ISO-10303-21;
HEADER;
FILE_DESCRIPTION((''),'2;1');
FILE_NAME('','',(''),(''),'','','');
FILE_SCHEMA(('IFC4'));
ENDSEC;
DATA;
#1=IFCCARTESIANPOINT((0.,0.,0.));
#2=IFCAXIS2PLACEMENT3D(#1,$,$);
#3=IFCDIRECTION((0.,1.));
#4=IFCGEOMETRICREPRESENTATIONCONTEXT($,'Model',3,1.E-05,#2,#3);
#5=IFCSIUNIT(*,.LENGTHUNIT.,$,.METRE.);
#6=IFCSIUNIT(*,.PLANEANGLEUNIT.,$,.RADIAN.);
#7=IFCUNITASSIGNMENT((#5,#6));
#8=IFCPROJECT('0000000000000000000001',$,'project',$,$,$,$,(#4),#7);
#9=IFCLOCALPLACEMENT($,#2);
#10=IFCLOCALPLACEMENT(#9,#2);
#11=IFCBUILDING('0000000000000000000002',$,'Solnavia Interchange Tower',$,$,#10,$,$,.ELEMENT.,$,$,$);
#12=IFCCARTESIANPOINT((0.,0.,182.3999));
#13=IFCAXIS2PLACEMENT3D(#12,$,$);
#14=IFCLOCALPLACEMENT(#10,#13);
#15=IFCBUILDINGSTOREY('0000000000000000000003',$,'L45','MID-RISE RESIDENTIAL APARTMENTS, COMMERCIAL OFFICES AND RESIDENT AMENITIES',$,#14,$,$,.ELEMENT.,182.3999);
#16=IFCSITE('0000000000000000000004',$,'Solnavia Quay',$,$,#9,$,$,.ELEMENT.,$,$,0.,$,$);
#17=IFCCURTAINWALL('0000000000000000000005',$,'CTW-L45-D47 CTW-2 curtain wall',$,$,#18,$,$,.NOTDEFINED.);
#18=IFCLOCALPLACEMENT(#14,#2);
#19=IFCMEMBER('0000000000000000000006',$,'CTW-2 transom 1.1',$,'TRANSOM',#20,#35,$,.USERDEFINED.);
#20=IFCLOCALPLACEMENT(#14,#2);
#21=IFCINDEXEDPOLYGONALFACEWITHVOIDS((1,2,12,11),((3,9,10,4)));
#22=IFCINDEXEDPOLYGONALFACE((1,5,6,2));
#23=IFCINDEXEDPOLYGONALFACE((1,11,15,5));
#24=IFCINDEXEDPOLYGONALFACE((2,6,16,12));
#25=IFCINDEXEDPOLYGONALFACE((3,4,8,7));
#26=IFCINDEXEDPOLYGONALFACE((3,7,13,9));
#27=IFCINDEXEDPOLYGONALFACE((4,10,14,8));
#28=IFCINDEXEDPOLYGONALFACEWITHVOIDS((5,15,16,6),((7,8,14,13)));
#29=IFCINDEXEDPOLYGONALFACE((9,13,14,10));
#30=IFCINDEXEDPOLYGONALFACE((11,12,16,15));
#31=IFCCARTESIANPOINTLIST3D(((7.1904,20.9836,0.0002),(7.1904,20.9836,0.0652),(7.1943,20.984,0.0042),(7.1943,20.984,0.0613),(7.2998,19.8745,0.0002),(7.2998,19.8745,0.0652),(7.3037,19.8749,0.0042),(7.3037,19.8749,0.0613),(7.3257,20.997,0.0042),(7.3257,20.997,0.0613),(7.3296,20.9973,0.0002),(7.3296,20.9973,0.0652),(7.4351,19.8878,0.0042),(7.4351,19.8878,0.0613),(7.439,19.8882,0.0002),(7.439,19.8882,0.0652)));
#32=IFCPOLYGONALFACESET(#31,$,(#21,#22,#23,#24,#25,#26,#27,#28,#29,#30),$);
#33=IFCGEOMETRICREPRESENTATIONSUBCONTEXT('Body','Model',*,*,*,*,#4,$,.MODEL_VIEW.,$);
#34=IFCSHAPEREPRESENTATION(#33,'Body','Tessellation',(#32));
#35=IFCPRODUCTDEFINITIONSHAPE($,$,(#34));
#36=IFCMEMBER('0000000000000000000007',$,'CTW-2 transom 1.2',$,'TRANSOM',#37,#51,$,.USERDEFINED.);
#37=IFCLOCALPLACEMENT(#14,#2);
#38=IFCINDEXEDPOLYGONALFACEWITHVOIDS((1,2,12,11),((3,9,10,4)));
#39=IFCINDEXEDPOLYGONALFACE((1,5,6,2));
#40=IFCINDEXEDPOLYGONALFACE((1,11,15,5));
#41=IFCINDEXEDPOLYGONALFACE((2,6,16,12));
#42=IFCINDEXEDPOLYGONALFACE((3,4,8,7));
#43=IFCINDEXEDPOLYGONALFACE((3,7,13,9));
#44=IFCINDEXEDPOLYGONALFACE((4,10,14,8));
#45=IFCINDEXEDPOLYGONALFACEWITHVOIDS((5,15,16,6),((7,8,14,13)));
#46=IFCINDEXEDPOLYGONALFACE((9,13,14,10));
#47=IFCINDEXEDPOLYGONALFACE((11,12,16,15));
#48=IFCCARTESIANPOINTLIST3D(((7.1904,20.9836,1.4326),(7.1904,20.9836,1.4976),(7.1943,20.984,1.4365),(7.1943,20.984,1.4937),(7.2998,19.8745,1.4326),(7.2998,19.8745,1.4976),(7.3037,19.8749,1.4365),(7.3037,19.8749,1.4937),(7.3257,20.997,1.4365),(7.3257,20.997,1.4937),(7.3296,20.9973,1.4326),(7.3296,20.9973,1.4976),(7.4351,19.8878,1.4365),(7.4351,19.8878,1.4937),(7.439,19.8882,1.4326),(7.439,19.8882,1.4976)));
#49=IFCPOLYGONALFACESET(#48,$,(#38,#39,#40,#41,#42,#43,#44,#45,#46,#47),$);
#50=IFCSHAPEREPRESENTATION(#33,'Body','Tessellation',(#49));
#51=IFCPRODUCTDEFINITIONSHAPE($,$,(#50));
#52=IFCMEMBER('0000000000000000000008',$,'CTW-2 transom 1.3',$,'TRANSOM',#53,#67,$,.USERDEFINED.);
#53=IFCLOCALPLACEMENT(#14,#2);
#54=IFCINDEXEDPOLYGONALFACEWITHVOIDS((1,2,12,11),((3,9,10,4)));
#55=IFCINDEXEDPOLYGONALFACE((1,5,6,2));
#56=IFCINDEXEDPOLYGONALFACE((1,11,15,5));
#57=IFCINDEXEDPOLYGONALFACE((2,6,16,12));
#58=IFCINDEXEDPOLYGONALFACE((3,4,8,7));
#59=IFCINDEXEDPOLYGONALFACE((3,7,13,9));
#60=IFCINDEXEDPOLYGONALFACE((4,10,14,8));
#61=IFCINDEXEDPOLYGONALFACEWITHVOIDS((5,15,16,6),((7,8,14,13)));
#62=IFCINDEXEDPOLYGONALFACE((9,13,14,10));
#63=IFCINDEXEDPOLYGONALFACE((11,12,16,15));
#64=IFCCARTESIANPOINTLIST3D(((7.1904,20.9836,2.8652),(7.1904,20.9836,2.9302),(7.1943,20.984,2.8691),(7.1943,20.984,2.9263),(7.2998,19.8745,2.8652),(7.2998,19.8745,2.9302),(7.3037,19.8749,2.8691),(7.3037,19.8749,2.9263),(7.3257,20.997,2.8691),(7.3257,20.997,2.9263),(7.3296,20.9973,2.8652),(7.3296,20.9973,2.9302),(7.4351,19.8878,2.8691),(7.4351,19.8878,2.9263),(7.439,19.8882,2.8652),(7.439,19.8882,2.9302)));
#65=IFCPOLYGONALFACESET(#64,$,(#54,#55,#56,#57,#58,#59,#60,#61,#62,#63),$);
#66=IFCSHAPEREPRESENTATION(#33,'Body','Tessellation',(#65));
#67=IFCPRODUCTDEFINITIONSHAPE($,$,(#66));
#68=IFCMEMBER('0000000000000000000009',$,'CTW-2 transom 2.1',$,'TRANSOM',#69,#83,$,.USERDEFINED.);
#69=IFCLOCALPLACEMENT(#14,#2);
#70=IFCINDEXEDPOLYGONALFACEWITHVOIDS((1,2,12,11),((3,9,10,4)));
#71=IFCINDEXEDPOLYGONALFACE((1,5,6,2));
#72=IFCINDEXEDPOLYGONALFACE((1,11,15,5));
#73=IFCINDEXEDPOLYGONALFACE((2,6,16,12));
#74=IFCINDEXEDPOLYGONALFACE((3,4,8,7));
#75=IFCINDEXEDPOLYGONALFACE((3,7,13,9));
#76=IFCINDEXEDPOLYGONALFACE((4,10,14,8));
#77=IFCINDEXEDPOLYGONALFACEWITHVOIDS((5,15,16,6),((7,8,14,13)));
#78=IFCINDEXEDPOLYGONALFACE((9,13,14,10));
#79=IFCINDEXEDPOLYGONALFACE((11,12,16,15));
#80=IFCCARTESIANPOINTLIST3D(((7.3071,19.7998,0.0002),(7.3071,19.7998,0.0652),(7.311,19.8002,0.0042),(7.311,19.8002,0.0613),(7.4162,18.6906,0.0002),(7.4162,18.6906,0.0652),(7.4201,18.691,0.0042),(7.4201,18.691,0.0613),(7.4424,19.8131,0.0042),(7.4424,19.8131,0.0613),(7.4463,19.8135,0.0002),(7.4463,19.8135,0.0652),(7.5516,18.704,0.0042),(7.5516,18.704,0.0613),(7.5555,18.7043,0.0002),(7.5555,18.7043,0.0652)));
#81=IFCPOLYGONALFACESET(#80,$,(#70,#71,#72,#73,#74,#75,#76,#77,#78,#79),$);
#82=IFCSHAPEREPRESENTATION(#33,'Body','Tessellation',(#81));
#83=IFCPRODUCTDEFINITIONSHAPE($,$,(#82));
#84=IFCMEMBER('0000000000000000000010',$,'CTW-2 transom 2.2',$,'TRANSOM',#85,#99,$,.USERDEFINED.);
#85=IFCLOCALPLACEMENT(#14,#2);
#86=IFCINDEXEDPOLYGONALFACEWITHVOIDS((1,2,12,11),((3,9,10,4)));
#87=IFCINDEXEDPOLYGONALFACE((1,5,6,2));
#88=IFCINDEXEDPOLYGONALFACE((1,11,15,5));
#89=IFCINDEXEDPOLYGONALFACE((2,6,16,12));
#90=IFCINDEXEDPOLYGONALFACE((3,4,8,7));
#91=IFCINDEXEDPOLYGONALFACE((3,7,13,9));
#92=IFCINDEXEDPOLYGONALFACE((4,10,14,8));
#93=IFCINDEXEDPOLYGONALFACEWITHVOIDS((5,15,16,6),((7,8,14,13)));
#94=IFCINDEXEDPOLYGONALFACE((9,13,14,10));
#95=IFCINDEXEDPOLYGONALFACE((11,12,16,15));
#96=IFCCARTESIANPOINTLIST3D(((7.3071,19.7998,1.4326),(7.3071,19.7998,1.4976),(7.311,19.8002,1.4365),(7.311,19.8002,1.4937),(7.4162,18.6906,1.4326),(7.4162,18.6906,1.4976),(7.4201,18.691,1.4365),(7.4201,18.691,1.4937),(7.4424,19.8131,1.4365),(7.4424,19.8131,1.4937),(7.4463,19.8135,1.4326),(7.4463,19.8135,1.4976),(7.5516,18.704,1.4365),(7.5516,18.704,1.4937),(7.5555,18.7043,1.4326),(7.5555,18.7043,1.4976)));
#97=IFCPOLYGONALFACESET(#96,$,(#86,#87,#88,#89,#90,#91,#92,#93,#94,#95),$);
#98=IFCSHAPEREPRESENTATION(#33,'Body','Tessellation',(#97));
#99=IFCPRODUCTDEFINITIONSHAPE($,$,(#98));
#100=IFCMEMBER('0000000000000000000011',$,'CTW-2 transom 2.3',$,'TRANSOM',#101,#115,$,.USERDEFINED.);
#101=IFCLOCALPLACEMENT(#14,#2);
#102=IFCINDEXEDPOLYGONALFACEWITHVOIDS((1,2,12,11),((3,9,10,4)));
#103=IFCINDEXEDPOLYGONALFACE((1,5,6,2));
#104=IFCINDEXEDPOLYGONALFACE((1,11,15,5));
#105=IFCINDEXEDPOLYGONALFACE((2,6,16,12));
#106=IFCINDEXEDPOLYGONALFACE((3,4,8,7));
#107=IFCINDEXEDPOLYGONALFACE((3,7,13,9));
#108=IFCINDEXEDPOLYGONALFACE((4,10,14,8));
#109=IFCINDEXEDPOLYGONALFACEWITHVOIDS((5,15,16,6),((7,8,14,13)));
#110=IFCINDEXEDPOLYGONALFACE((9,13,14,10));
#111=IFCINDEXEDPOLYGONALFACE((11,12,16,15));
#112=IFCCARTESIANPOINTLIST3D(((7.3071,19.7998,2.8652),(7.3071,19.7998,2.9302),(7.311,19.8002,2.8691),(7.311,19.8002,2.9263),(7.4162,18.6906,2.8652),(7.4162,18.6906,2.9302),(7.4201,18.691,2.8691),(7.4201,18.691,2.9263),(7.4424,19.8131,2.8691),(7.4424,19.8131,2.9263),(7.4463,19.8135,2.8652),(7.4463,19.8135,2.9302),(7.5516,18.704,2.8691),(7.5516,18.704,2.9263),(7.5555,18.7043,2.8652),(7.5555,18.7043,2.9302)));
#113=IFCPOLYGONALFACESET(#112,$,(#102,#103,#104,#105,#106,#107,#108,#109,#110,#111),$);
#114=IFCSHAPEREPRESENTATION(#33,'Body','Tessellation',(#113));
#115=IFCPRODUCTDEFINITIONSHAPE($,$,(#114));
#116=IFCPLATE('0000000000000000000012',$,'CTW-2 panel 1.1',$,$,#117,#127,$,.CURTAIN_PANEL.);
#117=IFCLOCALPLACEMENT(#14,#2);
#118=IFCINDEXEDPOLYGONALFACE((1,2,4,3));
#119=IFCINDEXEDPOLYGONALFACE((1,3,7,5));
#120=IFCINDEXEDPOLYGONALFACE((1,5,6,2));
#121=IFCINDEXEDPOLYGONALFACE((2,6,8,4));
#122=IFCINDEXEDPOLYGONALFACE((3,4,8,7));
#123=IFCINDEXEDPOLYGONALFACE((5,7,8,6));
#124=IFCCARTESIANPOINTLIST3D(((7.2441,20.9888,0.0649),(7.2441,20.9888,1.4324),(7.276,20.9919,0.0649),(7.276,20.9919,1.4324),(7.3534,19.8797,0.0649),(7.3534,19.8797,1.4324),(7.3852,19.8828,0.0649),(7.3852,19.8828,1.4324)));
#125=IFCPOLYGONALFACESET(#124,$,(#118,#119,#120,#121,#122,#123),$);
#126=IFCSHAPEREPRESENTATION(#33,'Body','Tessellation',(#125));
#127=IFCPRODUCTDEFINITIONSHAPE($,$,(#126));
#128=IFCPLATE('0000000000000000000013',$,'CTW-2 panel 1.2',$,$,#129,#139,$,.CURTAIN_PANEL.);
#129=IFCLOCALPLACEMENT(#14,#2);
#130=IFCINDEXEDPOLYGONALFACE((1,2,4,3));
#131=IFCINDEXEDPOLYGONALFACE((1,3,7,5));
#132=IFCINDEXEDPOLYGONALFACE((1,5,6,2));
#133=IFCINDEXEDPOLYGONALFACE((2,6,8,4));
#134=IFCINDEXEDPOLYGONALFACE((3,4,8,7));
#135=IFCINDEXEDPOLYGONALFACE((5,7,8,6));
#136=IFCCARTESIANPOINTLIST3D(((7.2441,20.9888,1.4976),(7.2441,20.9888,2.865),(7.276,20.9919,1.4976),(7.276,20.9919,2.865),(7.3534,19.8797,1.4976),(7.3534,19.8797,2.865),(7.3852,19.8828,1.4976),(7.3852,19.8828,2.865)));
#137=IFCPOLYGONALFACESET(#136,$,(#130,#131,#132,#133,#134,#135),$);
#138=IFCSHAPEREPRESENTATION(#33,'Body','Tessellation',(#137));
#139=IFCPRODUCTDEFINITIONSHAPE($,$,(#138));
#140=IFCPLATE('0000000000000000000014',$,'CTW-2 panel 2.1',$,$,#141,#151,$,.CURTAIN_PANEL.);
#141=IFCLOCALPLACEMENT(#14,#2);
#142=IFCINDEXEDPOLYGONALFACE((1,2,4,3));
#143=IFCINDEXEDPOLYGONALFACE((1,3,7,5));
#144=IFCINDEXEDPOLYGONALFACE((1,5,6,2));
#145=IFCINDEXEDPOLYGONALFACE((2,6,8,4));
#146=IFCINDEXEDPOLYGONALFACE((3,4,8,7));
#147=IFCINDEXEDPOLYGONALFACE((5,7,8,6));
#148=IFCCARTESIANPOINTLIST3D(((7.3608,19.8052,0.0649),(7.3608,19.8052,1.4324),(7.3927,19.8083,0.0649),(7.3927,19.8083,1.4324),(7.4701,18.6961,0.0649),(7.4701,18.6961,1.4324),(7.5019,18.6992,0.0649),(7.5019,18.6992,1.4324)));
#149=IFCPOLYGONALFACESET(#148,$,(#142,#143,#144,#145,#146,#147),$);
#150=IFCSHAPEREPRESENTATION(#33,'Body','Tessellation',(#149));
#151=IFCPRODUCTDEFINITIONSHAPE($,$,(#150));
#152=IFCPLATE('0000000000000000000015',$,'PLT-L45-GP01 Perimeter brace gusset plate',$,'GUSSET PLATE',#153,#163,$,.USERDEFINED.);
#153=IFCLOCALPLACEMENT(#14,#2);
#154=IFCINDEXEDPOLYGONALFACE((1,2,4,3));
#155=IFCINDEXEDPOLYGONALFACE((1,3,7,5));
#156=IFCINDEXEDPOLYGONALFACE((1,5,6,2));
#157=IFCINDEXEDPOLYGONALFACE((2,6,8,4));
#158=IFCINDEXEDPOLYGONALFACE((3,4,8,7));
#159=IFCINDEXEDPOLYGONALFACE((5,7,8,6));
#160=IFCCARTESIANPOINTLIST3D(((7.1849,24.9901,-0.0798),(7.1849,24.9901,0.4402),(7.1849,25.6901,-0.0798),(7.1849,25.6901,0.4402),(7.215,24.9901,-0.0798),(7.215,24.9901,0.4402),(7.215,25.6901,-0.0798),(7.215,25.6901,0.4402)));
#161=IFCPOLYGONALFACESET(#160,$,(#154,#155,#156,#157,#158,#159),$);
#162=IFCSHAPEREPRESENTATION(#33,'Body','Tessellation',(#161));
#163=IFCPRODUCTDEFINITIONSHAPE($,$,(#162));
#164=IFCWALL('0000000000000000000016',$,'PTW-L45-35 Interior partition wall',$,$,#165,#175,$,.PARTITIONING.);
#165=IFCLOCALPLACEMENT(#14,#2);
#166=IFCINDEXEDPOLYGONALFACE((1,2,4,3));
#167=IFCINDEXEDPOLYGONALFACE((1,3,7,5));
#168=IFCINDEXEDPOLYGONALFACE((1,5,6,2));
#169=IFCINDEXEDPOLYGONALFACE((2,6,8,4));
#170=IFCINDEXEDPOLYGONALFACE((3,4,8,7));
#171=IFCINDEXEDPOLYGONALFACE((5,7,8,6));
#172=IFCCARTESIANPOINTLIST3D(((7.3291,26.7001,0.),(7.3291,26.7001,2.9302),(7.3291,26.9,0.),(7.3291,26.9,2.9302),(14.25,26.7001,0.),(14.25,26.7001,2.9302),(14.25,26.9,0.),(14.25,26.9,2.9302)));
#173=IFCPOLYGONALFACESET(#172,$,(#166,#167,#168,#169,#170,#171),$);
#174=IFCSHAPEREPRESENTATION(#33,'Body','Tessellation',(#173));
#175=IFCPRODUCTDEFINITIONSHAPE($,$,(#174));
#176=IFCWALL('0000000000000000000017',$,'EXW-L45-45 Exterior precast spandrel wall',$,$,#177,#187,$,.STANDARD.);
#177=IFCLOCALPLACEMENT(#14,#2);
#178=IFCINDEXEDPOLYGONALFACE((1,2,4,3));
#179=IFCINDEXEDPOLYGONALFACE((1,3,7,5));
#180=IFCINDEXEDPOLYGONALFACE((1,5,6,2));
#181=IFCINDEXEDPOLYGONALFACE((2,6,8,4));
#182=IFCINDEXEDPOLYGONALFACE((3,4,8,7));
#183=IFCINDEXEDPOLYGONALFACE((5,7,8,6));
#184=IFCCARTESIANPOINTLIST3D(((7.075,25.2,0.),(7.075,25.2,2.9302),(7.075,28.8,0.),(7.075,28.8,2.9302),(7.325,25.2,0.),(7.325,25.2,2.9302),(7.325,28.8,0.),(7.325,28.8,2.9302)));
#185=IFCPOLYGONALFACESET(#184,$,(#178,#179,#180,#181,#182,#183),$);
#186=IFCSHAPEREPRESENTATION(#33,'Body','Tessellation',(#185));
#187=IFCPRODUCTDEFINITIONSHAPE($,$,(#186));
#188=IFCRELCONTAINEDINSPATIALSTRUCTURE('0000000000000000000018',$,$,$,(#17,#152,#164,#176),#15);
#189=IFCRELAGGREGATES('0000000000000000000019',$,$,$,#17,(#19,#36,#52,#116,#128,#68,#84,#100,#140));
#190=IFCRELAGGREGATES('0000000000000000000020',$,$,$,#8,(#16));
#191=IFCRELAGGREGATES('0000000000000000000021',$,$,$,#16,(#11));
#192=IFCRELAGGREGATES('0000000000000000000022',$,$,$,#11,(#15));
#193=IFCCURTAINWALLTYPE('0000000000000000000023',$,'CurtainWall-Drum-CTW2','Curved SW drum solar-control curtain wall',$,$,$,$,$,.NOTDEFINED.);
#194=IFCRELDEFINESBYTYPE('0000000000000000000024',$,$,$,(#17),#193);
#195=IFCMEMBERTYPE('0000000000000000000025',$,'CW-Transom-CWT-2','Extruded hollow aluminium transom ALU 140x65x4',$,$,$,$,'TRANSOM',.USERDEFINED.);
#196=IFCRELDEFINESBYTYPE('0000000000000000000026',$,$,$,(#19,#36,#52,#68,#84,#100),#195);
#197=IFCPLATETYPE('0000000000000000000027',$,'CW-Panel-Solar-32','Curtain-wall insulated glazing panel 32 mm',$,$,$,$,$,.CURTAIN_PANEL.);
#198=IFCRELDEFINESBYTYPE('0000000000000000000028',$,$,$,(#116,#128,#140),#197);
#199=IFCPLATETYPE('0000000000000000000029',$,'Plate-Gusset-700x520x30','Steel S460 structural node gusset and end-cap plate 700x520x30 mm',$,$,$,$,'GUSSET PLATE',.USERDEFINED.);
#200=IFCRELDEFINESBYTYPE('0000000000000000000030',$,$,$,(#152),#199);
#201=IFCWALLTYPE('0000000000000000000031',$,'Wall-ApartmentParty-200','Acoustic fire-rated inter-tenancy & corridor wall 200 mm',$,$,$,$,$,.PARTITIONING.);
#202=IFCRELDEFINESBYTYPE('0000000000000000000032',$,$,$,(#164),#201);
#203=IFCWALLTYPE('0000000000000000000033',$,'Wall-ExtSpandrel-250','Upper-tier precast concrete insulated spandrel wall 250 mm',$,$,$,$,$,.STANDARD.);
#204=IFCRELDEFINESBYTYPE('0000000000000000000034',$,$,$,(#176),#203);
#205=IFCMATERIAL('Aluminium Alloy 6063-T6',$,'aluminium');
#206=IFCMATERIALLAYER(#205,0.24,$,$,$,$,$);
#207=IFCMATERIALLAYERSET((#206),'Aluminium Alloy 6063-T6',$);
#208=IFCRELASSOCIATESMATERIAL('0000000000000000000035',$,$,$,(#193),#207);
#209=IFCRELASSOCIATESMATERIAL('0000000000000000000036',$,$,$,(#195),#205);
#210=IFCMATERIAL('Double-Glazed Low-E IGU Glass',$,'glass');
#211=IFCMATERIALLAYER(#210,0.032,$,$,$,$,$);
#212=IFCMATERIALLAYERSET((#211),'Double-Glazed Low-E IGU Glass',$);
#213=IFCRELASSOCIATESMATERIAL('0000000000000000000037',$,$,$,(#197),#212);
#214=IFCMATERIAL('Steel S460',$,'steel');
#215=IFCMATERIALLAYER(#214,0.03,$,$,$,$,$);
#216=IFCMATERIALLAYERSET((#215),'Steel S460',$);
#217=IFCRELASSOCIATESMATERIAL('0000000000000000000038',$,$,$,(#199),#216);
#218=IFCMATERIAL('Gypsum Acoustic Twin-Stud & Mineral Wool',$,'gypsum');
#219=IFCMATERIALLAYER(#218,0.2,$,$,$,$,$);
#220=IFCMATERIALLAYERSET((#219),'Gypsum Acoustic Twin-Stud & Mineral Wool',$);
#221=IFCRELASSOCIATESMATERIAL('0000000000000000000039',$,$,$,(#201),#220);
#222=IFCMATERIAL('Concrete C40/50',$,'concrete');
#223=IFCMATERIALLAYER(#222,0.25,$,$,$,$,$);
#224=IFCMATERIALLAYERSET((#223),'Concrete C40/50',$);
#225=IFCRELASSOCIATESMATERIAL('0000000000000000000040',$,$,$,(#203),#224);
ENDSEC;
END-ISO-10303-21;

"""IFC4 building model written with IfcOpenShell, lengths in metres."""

from ifc_helpers import new_model, si_unit, direction, frame, frame_2d, origin, origin_2d, place, context, subcontext, project, spatial, rectangle, hollow_rectangle, extrude, material, layer, layer_set, material_profile, profile_set, type_object, element, aggregate, save


model = new_model("IFC4")

# Units and contexts
model_context = context("Model", 3, precision=1e-05, world=origin(), true_north=direction((0.0, 1.0)))
body_context = subcontext(model_context, "Body", "Model", "MODEL_VIEW")
ifc_project = project(units=[si_unit("LENGTHUNIT", "METRE"), si_unit("PLANEANGLEUNIT", "RADIAN")], contexts=[model_context])

# Site, building, storey
site_placement = place(None, origin())
site = spatial("IfcSite", under=ifc_project, at=site_placement, Name="Solnavia Quay", CompositionType="ELEMENT", RefElevation=0.0)
building_placement = place(site_placement, origin())
building = spatial("IfcBuilding", under=site, at=building_placement, Name="Solnavia Interchange Tower", CompositionType="ELEMENT")
storey_placement = place(building_placement, frame((0.0, 0.0, 182.3999)))
storey = spatial("IfcBuildingStorey", under=building, at=storey_placement, Name="L45", Description="MID-RISE RESIDENTIAL APARTMENTS, COMMERCIAL OFFICES AND RESIDENT AMENITIES", CompositionType="ELEMENT", Elevation=182.3999)

# Shared definitions
ifc_material_1 = material(Name="Steel S460", Category="steel")

# Curtain wall, members, plates
ifc_material_2 = material(Name="Aluminium Alloy 6063-T6", Category="aluminium")
ifc_layer_1 = layer(ifc_material_2, 0.24)
ifc_layer_set_1 = layer_set([ifc_layer_1], Name="Aluminium Alloy 6063-T6")
curtain_wall_type = type_object("IfcCurtainWallType", Name="CurtainWall-Drum-CTW2", Description="Curved SW drum solar-control curtain wall", PredefinedType="NOTDEFINED", material=ifc_layer_set_1)
curtain_wall_placement = place(storey_placement, origin())
curtain_wall = element("IfcCurtainWall", 1, at=curtain_wall_placement, inside=storey, type_object=curtain_wall_type, Name="CTW-L45-D47 CTW-2 curtain wall", PredefinedType="NOTDEFINED")
ifc_material_profile_1 = material_profile(ifc_material_2, hollow_rectangle(XDim=0.0649, YDim=0.1399, WallThickness=0.0039, at=origin_2d()), Name="ALU 140x65x4")
ifc_profile_set_1 = profile_set([ifc_material_profile_1], Name="Aluminium Alloy 6063-T6")
member_type_1 = type_object("IfcMemberType", Name="CW-Transom-CWT-2", Description="Extruded hollow aluminium transom ALU 140x65x4", ElementType="TRANSOM", PredefinedType="USERDEFINED", material=ifc_profile_set_1)
member_1_placement = place(storey_placement, frame((7.26, 20.9905, 0.0327), z_axis=(0.098137, -0.995173, 0.0), x_axis=(0.0, 0.0, 1.0)))
member_1 = element("IfcMember", 2, at=member_1_placement, type_object=member_type_1, Name="CTW-2 transom 1.1", ObjectType="TRANSOM", PredefinedType="USERDEFINED", context=body_context, shape_type="SweptSolid", body=[
    extrude(hollow_rectangle(XDim=0.0649, YDim=0.1399, WallThickness=0.0039, at=origin_2d()), origin(), (0.0, 0.0, 1.0), 1.1145),
])
member_2_placement = place(storey_placement, frame((7.26, 20.9905, 1.4651), z_axis=(0.098137, -0.995173, 0.0), x_axis=(0.0, 0.0, 1.0)))
member_2 = element("IfcMember", 3, at=member_2_placement, type_object=member_type_1, Name="CTW-2 transom 1.2", ObjectType="TRANSOM", PredefinedType="USERDEFINED", context=body_context, shape_type="SweptSolid", body=[
    extrude(hollow_rectangle(XDim=0.0649, YDim=0.1399, WallThickness=0.0039, at=origin_2d()), origin(), (0.0, 0.0, 1.0), 1.1145),
])
member_3_placement = place(storey_placement, frame((7.26, 20.9905, 2.8977), z_axis=(0.098137, -0.995173, 0.0), x_axis=(0.0, 0.0, 1.0)))
member_3 = element("IfcMember", 4, at=member_3_placement, type_object=member_type_1, Name="CTW-2 transom 1.3", ObjectType="TRANSOM", PredefinedType="USERDEFINED", context=body_context, shape_type="SweptSolid", body=[
    extrude(hollow_rectangle(XDim=0.0649, YDim=0.1399, WallThickness=0.0039, at=origin_2d()), origin(), (0.0, 0.0, 1.0), 1.1145),
])
member_4_placement = place(storey_placement, frame((7.3767, 19.8066, 0.0327), z_axis=(0.09792, -0.995194, 0.0), x_axis=(0.0, 0.0, 1.0)))
member_4 = element("IfcMember", 5, at=member_4_placement, type_object=member_type_1, Name="CTW-2 transom 2.1", ObjectType="TRANSOM", PredefinedType="USERDEFINED", context=body_context, shape_type="SweptSolid", body=[
    extrude(hollow_rectangle(XDim=0.0649, YDim=0.1399, WallThickness=0.0039, at=origin_2d()), origin(), (0.0, 0.0, 1.0), 1.1145),
])
member_5_placement = place(storey_placement, frame((7.3767, 19.8066, 1.4651), z_axis=(0.09792, -0.995194, 0.0), x_axis=(0.0, 0.0, 1.0)))
member_5 = element("IfcMember", 6, at=member_5_placement, type_object=member_type_1, Name="CTW-2 transom 2.2", ObjectType="TRANSOM", PredefinedType="USERDEFINED", context=body_context, shape_type="SweptSolid", body=[
    extrude(hollow_rectangle(XDim=0.0649, YDim=0.1399, WallThickness=0.0039, at=origin_2d()), origin(), (0.0, 0.0, 1.0), 1.1145),
])
member_6_placement = place(storey_placement, frame((7.3767, 19.8066, 2.8977), z_axis=(0.09792, -0.995194, 0.0), x_axis=(0.0, 0.0, 1.0)))
member_6 = element("IfcMember", 7, at=member_6_placement, type_object=member_type_1, Name="CTW-2 transom 2.3", ObjectType="TRANSOM", PredefinedType="USERDEFINED", context=body_context, shape_type="SweptSolid", body=[
    extrude(hollow_rectangle(XDim=0.0649, YDim=0.1399, WallThickness=0.0039, at=origin_2d()), origin(), (0.0, 0.0, 1.0), 1.1145),
])
ifc_material_3 = material(Name="Double-Glazed Low-E IGU Glass", Category="glass")
ifc_layer_2 = layer(ifc_material_3, 0.032)
ifc_layer_set_2 = layer_set([ifc_layer_2], Name="Double-Glazed Low-E IGU Glass")
plate_type_1 = type_object("IfcPlateType", Name="CW-Panel-Solar-32", Description="Curtain-wall insulated glazing panel 32 mm", PredefinedType="CURTAIN_PANEL", material=ifc_layer_set_2)
plate_1_placement = place(storey_placement, frame((7.3147, 20.4358, 0.0649), z_axis=(0.0, 0.0, 1.0), x_axis=(0.098043, -0.995182, 0.0)))
plate_1 = element("IfcPlate", 8, at=plate_1_placement, type_object=plate_type_1, Name="CTW-2 panel 1.1", PredefinedType="CURTAIN_PANEL", context=body_context, shape_type="SweptSolid", body=[
    extrude(rectangle(XDim=1.1145, YDim=0.032, at=origin_2d()), origin(), (0.0, 0.0, 1.0), 1.3674),
])
plate_2_placement = place(storey_placement, frame((7.3147, 20.4358, 1.4976), z_axis=(0.0, 0.0, 1.0), x_axis=(0.098043, -0.995182, 0.0)))
plate_2 = element("IfcPlate", 9, at=plate_2_placement, type_object=plate_type_1, Name="CTW-2 panel 1.2", PredefinedType="CURTAIN_PANEL", context=body_context, shape_type="SweptSolid", body=[
    extrude(rectangle(XDim=1.1145, YDim=0.032, at=origin_2d()), origin(), (0.0, 0.0, 1.0), 1.3674),
])
plate_3_placement = place(storey_placement, frame((7.4314, 19.2522, 0.0649), z_axis=(0.0, 0.0, 1.0), x_axis=(0.098043, -0.995182, 0.0)))
plate_3 = element("IfcPlate", 10, at=plate_3_placement, type_object=plate_type_1, Name="CTW-2 panel 2.1", PredefinedType="CURTAIN_PANEL", context=body_context, shape_type="SweptSolid", body=[
    extrude(rectangle(XDim=1.1145, YDim=0.032, at=origin_2d()), origin(), (0.0, 0.0, 1.0), 1.3674),
])
aggregate(curtain_wall, [member_1, member_2, member_3, plate_1, plate_2, member_4, member_5, member_6, plate_3])

# Plate
ifc_layer_3 = layer(ifc_material_1, 0.03)
ifc_layer_set_3 = layer_set([ifc_layer_3], Name="Steel S460")
plate_type_2 = type_object("IfcPlateType", Name="Plate-Gusset-700x520x30", Description="Steel S460 structural node gusset and end-cap plate 700x520x30 mm", ElementType="GUSSET PLATE", PredefinedType="USERDEFINED", material=ifc_layer_set_3)
plate_4_placement = place(storey_placement, frame((7.2, 25.3401, -0.0798), z_axis=(0.0, 0.0, 1.0), x_axis=(0.0, 1.0, 0.0)))
element("IfcPlate", 11, at=plate_4_placement, inside=storey, type_object=plate_type_2, Name="PLT-L45-GP01 Perimeter brace gusset plate", ObjectType="GUSSET PLATE", PredefinedType="USERDEFINED", context=body_context, shape_type="SweptSolid", body=[
    extrude(rectangle(XDim=0.7, YDim=0.03, at=origin_2d()), origin(), (0.0, 0.0, 1.0), 0.52),
])

# Walls
ifc_material_4 = material(Name="Gypsum Acoustic Twin-Stud & Mineral Wool", Category="gypsum")
ifc_layer_4 = layer(ifc_material_4, 0.2)
ifc_layer_set_4 = layer_set([ifc_layer_4], Name="Gypsum Acoustic Twin-Stud & Mineral Wool")
wall_type_1 = type_object("IfcWallType", Name="Wall-ApartmentParty-200", Description="Acoustic fire-rated inter-tenancy & corridor wall 200 mm", PredefinedType="PARTITIONING", material=ifc_layer_set_4)
wall_1_placement = place(storey_placement, frame((7.3291, 26.8, 0.0), z_axis=(0.0, 0.0, 1.0), x_axis=(1.0, 0.0, 0.0)))
element("IfcWall", 12, at=wall_1_placement, inside=storey, type_object=wall_type_1, Name="PTW-L45-35 Interior partition wall", PredefinedType="PARTITIONING", context=body_context, shape_type="SweptSolid", body=[
    extrude(rectangle(XDim=6.9209, YDim=0.2, at=frame_2d((3.4604, 0.0))), origin(), (0.0, 0.0, 1.0), 2.9302),
])
ifc_material_5 = material(Name="Concrete C40/50", Category="concrete")
ifc_layer_5 = layer(ifc_material_5, 0.25)
ifc_layer_set_5 = layer_set([ifc_layer_5], Name="Concrete C40/50")
wall_type_2 = type_object("IfcWallType", Name="Wall-ExtSpandrel-250", Description="Upper-tier precast concrete insulated spandrel wall 250 mm", PredefinedType="STANDARD", material=ifc_layer_set_5)
wall_2_placement = place(storey_placement, frame((7.2, 25.2, 0.0), z_axis=(0.0, 0.0, 1.0), x_axis=(0.0, 1.0, 0.0)))
element("IfcWall", 13, at=wall_2_placement, inside=storey, type_object=wall_type_2, Name="EXW-L45-45 Exterior precast spandrel wall", PredefinedType="STANDARD", context=body_context, shape_type="SweptSolid", body=[
    extrude(rectangle(XDim=3.6001, YDim=0.25, at=frame_2d((1.8, 0.0))), origin(), (0.0, 0.0, 1.0), 2.9302),
])

save(model, "model.ifc")
